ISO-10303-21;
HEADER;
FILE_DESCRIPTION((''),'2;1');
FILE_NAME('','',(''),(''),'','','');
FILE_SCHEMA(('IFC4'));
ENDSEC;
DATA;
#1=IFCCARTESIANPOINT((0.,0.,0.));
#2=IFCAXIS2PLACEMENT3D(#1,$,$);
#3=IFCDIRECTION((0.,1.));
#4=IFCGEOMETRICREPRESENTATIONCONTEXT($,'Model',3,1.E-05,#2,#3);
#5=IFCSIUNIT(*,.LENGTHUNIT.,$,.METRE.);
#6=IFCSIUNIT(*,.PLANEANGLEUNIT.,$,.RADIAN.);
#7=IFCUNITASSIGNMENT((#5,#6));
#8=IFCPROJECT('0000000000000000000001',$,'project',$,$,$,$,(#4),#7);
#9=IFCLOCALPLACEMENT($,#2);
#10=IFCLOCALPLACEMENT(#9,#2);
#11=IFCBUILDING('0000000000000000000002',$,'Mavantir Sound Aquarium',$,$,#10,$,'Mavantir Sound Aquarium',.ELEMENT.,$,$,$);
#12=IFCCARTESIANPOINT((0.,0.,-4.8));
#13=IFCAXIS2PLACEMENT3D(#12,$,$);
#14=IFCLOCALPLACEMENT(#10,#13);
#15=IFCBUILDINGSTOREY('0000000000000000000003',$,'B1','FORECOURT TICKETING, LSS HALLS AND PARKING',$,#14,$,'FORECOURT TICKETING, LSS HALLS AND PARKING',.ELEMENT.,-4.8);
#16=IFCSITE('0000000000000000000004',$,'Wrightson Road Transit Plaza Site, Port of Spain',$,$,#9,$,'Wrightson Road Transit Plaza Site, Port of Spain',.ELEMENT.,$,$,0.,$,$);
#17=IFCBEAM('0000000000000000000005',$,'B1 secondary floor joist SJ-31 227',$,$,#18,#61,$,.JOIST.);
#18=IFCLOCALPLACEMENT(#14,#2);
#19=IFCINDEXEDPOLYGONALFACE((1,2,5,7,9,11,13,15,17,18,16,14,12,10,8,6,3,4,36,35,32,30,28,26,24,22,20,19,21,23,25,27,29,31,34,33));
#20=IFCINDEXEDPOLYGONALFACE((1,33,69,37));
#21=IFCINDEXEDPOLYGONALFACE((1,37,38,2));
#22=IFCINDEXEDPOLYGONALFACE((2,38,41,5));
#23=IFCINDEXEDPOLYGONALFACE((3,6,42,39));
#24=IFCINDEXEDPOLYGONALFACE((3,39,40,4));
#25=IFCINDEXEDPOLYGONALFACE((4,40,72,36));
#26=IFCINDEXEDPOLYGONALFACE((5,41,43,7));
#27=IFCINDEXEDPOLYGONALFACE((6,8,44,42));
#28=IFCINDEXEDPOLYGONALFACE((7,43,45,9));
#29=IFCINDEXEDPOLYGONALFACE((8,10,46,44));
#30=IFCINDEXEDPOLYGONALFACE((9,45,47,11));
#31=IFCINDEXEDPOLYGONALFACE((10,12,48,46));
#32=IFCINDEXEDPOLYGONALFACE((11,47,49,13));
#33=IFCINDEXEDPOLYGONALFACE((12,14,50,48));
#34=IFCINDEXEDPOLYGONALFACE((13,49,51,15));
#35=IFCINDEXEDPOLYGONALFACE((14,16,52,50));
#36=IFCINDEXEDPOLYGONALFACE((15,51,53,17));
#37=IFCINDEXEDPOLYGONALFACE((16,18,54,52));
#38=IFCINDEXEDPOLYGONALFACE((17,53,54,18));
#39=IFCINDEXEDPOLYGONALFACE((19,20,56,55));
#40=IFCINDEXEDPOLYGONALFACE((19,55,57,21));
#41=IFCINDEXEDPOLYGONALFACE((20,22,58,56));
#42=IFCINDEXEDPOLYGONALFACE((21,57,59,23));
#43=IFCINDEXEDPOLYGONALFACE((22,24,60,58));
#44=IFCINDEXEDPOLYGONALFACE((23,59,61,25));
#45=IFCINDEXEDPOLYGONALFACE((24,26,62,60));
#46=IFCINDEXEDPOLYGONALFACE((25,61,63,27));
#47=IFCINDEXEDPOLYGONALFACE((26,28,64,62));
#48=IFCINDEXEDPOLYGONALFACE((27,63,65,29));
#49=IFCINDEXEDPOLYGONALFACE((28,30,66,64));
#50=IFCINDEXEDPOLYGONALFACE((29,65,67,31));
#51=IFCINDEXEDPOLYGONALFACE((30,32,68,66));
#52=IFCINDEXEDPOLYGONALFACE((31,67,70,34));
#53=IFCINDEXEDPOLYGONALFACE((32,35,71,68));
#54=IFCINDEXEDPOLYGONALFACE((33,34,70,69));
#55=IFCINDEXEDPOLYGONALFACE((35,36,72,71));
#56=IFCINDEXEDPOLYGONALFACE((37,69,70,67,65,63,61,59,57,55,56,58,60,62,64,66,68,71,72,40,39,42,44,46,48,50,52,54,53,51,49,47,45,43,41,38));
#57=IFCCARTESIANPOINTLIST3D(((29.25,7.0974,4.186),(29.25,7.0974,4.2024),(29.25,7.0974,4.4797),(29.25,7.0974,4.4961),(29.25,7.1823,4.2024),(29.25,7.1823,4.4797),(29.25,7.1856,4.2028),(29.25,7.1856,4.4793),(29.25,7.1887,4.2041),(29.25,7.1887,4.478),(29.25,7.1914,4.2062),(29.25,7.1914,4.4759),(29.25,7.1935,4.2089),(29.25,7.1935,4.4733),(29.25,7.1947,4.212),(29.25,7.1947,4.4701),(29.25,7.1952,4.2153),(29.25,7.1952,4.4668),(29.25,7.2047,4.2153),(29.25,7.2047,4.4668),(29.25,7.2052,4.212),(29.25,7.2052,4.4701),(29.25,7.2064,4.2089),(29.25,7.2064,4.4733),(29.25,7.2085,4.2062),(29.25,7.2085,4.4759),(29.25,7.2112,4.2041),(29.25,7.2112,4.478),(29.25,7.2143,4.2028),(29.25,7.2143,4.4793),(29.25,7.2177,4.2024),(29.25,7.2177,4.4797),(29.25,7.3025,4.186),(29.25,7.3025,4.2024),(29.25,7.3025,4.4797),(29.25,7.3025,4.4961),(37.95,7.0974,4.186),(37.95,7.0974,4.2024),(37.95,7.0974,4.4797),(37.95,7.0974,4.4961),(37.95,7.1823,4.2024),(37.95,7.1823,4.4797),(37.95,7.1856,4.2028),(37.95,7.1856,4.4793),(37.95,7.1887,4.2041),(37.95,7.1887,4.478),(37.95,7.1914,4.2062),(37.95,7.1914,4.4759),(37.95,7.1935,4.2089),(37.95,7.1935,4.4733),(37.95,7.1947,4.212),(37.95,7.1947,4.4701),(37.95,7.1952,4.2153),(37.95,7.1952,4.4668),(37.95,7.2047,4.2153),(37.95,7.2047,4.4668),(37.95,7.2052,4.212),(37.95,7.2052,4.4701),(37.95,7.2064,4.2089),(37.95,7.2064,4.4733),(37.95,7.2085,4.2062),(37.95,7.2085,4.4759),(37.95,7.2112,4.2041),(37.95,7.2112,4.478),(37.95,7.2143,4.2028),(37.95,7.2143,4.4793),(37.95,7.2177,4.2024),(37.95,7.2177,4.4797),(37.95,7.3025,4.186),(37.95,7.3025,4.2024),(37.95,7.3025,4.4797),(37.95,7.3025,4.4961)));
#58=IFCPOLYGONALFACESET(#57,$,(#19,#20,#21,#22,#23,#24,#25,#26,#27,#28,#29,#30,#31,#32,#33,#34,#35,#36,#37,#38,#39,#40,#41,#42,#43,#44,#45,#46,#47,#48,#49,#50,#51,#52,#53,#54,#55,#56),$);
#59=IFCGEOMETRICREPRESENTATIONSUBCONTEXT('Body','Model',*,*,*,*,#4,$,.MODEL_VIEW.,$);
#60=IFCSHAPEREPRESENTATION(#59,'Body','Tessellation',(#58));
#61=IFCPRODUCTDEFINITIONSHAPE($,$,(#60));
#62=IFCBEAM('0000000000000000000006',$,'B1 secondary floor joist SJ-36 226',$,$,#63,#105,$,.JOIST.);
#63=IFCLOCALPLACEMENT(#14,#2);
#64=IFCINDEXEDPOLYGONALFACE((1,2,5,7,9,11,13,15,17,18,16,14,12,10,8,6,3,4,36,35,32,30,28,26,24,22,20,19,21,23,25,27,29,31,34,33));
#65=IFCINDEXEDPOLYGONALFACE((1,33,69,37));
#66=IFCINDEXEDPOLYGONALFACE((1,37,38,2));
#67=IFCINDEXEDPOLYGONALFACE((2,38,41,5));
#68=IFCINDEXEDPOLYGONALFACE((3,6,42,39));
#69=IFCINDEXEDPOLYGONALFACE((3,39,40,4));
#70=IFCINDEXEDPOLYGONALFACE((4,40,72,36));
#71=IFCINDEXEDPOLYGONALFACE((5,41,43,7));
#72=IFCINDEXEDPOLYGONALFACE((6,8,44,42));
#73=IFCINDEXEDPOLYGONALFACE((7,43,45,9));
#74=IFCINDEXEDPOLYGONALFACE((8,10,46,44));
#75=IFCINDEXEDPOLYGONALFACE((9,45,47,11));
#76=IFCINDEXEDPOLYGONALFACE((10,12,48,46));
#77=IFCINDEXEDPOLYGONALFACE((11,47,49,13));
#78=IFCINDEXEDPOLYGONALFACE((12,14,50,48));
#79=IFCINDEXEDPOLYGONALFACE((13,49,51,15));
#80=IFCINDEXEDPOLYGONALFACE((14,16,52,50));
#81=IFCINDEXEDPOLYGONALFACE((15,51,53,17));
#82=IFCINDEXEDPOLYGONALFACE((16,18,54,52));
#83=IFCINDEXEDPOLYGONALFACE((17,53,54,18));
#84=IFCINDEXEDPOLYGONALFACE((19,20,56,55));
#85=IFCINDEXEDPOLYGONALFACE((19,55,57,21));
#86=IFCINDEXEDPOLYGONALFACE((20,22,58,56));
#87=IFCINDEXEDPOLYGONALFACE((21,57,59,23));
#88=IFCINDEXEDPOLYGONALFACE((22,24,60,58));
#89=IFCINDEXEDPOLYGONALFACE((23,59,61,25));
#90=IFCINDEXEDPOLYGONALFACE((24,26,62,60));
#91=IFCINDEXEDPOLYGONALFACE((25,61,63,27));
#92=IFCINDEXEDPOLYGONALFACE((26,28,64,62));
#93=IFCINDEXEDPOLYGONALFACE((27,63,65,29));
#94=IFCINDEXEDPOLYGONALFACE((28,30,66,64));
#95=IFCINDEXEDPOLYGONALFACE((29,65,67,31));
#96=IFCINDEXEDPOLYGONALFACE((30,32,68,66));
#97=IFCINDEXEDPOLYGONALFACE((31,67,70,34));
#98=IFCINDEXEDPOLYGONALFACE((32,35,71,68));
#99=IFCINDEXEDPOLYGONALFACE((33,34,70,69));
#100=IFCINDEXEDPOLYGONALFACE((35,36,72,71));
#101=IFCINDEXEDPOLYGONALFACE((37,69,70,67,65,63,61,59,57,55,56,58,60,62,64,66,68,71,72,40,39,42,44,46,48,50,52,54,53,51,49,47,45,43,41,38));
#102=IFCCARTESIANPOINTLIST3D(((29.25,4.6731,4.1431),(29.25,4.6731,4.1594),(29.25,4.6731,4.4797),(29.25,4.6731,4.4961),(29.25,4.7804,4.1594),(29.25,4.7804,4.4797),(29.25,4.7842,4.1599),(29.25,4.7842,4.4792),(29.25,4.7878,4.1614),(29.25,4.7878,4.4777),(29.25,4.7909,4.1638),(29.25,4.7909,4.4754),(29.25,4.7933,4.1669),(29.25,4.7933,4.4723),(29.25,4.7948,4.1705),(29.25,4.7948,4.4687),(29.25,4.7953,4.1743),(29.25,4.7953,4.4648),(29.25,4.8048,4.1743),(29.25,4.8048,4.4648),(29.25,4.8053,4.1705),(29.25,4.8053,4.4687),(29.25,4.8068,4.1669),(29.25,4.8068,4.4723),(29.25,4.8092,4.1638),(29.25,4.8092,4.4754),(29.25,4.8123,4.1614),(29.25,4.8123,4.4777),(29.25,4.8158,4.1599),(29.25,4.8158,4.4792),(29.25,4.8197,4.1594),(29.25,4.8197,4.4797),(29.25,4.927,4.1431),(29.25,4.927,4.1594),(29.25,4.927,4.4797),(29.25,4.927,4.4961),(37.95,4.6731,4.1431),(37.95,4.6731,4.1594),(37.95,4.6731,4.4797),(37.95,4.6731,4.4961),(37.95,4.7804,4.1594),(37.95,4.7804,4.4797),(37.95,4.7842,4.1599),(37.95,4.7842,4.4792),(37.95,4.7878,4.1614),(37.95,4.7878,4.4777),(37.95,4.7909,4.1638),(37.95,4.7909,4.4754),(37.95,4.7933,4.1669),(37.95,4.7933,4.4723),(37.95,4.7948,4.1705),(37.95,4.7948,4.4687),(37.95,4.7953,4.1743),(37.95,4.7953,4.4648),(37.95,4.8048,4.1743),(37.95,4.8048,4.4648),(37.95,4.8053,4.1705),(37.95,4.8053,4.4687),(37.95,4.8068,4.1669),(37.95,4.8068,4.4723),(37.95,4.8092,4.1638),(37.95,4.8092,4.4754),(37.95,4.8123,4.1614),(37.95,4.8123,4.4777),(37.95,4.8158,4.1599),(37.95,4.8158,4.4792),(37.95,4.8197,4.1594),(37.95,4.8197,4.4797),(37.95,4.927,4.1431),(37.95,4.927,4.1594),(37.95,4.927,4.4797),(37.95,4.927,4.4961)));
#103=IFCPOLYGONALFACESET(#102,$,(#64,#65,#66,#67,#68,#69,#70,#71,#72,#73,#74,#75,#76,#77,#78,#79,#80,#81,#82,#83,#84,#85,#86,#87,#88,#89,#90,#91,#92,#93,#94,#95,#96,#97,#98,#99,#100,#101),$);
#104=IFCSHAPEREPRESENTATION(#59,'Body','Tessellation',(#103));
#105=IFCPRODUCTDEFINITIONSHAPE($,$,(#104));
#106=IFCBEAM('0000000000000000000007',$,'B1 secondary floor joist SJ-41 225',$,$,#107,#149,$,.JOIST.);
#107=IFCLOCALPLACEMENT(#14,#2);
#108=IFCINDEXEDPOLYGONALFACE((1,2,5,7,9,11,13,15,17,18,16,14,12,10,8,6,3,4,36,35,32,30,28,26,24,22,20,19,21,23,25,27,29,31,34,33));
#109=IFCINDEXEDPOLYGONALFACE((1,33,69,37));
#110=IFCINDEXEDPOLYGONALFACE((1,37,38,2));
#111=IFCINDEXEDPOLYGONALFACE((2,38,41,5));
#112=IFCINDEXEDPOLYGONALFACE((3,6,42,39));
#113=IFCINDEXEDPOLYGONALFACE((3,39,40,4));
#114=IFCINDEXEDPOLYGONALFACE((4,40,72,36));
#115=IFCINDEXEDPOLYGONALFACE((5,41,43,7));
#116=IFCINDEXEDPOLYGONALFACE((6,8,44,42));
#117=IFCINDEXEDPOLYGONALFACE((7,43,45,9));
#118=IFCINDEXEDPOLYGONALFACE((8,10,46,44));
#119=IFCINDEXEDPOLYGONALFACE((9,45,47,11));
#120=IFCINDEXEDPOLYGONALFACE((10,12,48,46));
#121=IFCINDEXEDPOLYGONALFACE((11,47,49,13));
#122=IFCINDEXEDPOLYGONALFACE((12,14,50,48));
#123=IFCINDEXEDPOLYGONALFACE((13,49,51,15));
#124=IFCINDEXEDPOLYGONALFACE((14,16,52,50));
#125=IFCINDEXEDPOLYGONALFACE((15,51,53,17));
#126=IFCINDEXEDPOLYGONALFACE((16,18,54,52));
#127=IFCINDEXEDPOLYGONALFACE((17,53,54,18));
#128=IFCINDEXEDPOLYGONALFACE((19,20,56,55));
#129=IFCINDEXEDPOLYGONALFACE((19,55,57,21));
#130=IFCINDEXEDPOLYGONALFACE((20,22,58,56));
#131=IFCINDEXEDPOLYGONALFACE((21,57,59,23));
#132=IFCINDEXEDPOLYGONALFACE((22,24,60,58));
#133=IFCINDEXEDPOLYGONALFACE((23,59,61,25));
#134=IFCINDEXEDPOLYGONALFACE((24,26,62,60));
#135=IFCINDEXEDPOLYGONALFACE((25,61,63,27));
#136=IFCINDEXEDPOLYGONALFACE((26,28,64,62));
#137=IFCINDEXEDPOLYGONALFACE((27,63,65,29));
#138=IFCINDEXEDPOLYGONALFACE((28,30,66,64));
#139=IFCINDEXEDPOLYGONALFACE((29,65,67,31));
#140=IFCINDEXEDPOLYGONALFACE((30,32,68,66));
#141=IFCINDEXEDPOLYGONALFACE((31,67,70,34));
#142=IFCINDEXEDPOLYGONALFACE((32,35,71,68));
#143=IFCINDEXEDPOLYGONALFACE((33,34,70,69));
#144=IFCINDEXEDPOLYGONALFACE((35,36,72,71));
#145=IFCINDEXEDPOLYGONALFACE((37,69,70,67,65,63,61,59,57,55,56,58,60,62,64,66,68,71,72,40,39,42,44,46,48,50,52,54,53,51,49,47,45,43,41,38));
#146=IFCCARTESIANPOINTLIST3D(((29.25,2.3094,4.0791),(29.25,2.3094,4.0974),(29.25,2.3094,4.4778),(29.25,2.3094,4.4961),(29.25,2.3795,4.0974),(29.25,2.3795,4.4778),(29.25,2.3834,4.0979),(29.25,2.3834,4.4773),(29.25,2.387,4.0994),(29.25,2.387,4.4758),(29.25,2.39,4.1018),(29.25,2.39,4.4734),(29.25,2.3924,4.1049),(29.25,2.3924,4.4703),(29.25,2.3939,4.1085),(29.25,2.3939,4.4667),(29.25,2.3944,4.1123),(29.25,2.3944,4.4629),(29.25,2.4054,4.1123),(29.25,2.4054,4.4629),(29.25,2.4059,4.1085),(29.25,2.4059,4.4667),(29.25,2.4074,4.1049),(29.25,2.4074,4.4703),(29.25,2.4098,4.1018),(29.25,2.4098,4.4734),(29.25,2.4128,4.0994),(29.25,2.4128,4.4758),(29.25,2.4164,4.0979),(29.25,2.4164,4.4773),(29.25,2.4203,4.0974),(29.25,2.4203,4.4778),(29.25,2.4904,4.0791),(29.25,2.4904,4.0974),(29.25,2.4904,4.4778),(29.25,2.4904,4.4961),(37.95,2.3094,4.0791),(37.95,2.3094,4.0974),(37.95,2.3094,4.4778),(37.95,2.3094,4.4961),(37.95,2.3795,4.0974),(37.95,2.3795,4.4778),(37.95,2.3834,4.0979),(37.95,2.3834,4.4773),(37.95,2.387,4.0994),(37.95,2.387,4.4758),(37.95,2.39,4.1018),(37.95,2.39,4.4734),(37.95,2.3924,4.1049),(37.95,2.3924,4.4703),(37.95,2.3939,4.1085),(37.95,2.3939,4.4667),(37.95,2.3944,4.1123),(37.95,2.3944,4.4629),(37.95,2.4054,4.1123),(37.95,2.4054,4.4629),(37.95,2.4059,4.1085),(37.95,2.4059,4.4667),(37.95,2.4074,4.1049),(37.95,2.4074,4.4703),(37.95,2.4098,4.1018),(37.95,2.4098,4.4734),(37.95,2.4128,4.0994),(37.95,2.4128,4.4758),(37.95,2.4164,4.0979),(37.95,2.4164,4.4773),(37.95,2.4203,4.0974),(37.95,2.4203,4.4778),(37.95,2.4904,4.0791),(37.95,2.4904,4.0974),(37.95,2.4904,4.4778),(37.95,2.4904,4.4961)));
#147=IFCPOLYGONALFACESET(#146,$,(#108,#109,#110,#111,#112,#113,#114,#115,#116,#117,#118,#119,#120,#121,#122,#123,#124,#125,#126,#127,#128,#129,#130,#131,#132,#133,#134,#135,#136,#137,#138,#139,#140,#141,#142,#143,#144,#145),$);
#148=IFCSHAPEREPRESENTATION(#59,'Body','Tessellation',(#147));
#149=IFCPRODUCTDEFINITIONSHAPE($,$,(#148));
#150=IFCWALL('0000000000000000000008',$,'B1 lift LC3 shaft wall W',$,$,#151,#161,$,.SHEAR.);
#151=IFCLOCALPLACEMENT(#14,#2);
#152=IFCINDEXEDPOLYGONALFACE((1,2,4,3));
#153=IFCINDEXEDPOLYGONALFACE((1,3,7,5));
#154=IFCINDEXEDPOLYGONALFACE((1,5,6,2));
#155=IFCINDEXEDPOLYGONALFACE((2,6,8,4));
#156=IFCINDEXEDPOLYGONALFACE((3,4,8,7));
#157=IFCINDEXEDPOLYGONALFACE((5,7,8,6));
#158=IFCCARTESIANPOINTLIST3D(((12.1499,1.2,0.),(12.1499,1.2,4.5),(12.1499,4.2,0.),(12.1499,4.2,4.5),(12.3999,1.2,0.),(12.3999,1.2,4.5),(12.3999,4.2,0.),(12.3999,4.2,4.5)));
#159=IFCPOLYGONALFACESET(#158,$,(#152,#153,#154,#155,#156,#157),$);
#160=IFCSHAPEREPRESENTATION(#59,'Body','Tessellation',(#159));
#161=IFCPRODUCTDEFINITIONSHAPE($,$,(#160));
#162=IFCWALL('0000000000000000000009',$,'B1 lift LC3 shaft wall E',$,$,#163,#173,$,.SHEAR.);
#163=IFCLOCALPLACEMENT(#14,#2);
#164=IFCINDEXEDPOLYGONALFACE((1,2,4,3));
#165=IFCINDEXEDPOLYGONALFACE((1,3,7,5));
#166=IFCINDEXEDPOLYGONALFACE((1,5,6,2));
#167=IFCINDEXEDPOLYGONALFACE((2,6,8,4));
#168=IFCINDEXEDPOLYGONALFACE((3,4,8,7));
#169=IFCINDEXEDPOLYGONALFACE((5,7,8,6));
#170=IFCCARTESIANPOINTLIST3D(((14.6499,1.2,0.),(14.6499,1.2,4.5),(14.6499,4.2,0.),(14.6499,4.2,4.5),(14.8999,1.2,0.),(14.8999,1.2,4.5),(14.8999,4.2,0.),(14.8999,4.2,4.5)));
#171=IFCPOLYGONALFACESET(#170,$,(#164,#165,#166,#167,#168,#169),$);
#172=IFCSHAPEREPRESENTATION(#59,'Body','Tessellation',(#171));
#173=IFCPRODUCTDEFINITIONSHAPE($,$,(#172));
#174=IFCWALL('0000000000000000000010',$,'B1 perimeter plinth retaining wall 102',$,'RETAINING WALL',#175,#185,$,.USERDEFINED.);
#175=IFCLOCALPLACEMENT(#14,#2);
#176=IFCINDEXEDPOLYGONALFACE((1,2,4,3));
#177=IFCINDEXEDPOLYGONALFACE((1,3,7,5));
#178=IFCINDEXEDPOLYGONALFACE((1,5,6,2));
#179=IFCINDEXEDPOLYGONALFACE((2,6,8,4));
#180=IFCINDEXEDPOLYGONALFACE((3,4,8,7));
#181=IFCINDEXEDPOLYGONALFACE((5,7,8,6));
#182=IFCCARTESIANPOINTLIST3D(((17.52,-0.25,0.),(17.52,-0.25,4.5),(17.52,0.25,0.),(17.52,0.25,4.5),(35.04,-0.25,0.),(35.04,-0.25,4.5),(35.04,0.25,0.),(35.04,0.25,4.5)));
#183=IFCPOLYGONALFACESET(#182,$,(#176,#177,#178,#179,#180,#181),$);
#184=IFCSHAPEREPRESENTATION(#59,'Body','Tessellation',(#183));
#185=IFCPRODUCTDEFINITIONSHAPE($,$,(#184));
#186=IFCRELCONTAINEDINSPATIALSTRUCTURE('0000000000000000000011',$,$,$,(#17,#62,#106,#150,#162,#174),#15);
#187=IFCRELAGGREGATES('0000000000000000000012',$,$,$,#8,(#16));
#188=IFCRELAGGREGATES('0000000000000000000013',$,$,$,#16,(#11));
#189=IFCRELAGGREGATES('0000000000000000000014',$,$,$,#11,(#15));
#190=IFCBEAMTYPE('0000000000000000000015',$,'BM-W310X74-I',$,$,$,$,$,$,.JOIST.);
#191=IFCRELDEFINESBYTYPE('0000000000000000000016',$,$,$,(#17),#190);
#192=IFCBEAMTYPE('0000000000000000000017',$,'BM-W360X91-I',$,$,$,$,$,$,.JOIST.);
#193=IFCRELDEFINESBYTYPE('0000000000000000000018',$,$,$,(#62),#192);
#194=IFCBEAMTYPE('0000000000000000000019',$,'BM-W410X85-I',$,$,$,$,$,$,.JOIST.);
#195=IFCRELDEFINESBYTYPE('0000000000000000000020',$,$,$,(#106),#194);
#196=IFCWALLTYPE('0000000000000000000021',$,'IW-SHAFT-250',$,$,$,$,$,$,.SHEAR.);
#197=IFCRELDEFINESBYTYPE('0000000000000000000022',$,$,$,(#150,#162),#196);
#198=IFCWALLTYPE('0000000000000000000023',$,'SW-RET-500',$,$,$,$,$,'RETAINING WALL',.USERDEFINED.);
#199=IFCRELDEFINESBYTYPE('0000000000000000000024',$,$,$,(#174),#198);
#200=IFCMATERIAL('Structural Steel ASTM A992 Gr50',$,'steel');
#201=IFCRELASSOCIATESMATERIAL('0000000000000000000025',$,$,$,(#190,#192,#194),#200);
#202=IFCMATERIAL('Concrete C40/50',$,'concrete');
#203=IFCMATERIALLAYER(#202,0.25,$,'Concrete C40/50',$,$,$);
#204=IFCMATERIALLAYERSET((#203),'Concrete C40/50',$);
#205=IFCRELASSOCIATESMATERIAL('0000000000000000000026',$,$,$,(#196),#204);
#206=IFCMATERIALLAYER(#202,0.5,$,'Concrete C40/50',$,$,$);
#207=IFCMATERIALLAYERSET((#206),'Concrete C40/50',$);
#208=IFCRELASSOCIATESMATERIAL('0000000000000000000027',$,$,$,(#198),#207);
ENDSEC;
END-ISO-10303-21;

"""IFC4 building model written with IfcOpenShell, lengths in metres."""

from ifc_helpers import new_model, si_unit, direction, frame, frame_2d, origin, origin_2d, place, context, subcontext, project, spatial, rectangle, i_section, extrude, material, layer, layer_set, material_profile, profile_set, type_object, element, save


model = new_model("IFC4")

# Units and contexts
model_context = context("Model", 3, precision=1e-05, world=origin(), true_north=direction((0.0, 1.0)))
body_context = subcontext(model_context, "Body", "Model", "MODEL_VIEW")
ifc_project = project(units=[si_unit("LENGTHUNIT", "METRE"), si_unit("PLANEANGLEUNIT", "RADIAN")], contexts=[model_context])

# Site, building, storey
site_placement = place(None, origin())
site = spatial("IfcSite", under=ifc_project, at=site_placement, Name="Wrightson Road Transit Plaza Site, Port of Spain", LongName="Wrightson Road Transit Plaza Site, Port of Spain", CompositionType="ELEMENT", RefElevation=0.0)
building_placement = place(site_placement, origin())
building = spatial("IfcBuilding", under=site, at=building_placement, Name="Mavantir Sound Aquarium", LongName="Mavantir Sound Aquarium", CompositionType="ELEMENT")
storey_placement = place(building_placement, frame((0.0, 0.0, -4.8)))
storey = spatial("IfcBuildingStorey", under=building, at=storey_placement, Name="B1", Description="FORECOURT TICKETING, LSS HALLS AND PARKING", LongName="FORECOURT TICKETING, LSS HALLS AND PARKING", CompositionType="ELEMENT", Elevation=-4.8)

# Shared definitions
ifc_material_1 = material(Name="Concrete C40/50", Category="concrete")

# Beams
ifc_material_2 = material(Name="Structural Steel ASTM A992 Gr50", Category="steel")
ifc_material_profile_1 = material_profile(ifc_material_2, i_section(OverallWidth=0.2051, OverallDepth=0.3101, WebThickness=0.0095, FlangeThickness=0.0164, FilletRadius=0.0129, at=origin_2d()), Name="W310X74")
ifc_profile_set_1 = profile_set([ifc_material_profile_1], Name="Structural Steel ASTM A992 Gr50")
beam_type_1 = type_object("IfcBeamType", Name="BM-W310X74-I", PredefinedType="JOIST", material=ifc_profile_set_1)
beam_1_placement = place(storey_placement, frame((29.25, 7.2, 4.3411), z_axis=(1.0, 0.0, 0.0), x_axis=(0.0, 1.0, 0.0)))
element("IfcBeam", 1, at=beam_1_placement, inside=storey, type_object=beam_type_1, Name="B1 secondary floor joist SJ-31 227", PredefinedType="JOIST", context=body_context, shape_type="SweptSolid", body=[
    extrude(i_section(OverallWidth=0.2051, OverallDepth=0.3101, WebThickness=0.0095, FlangeThickness=0.0164, FilletRadius=0.0129, at=origin_2d()), origin(), (0.0, 0.0, 1.0), 8.7),
])
ifc_material_profile_2 = material_profile(ifc_material_2, i_section(OverallWidth=0.2539, OverallDepth=0.353, WebThickness=0.0095, FlangeThickness=0.0164, FilletRadius=0.0149, at=origin_2d()), Name="W360X91")
ifc_profile_set_2 = profile_set([ifc_material_profile_2], Name="Structural Steel ASTM A992 Gr50")
beam_type_2 = type_object("IfcBeamType", Name="BM-W360X91-I", PredefinedType="JOIST", material=ifc_profile_set_2)
beam_2_placement = place(storey_placement, frame((29.25, 4.8, 4.3196), z_axis=(1.0, 0.0, 0.0), x_axis=(0.0, 1.0, 0.0)))
element("IfcBeam", 2, at=beam_2_placement, inside=storey, type_object=beam_type_2, Name="B1 secondary floor joist SJ-36 226", PredefinedType="JOIST", context=body_context, shape_type="SweptSolid", body=[
    extrude(i_section(OverallWidth=0.2539, OverallDepth=0.353, WebThickness=0.0095, FlangeThickness=0.0164, FilletRadius=0.0149, at=origin_2d()), origin(), (0.0, 0.0, 1.0), 8.7),
])
ifc_material_profile_3 = material_profile(ifc_material_2, i_section(OverallWidth=0.1809, OverallDepth=0.417, WebThickness=0.011, FlangeThickness=0.0183, FilletRadius=0.0149, at=origin_2d()), Name="W410X85")
ifc_profile_set_3 = profile_set([ifc_material_profile_3], Name="Structural Steel ASTM A992 Gr50")
beam_type_3 = type_object("IfcBeamType", Name="BM-W410X85-I", PredefinedType="JOIST", material=ifc_profile_set_3)
beam_3_placement = place(storey_placement, frame((29.25, 2.3999, 4.2876), z_axis=(1.0, 0.0, 0.0), x_axis=(0.0, 1.0, 0.0)))
element("IfcBeam", 3, at=beam_3_placement, inside=storey, type_object=beam_type_3, Name="B1 secondary floor joist SJ-41 225", PredefinedType="JOIST", context=body_context, shape_type="SweptSolid", body=[
    extrude(i_section(OverallWidth=0.1809, OverallDepth=0.417, WebThickness=0.011, FlangeThickness=0.0183, FilletRadius=0.0149, at=origin_2d()), origin(), (0.0, 0.0, 1.0), 8.7),
])

# Walls
ifc_layer_1 = layer(ifc_material_1, 0.25, Name="Concrete C40/50")
ifc_layer_set_1 = layer_set([ifc_layer_1], Name="Concrete C40/50")
wall_type_1 = type_object("IfcWallType", Name="IW-SHAFT-250", PredefinedType="SHEAR", material=ifc_layer_set_1)
for number, where, z_axis, x_axis, name in (
    (4, (12.2749, 1.2, 0.0), (0.0, 0.0, 1.0), (0.0, 1.0, 0.0), "B1 lift LC3 shaft wall W"),
    (5, (14.7749, 1.2, 0.0), (0.0, 0.0, 1.0), (0.0, 1.0, 0.0), "B1 lift LC3 shaft wall E"),
):
    element("IfcWall", number, at=place(storey_placement, frame(where, z_axis=z_axis, x_axis=x_axis)), inside=storey, type_object=wall_type_1, Name=name, PredefinedType="SHEAR", context=body_context, shape_type="SweptSolid", body=[
        extrude(rectangle(XDim=3.0, YDim=0.25, at=frame_2d((1.5, 0.0))), origin(), (0.0, 0.0, 1.0), 4.5),
    ])
ifc_layer_2 = layer(ifc_material_1, 0.5, Name="Concrete C40/50")
ifc_layer_set_2 = layer_set([ifc_layer_2], Name="Concrete C40/50")
wall_type_2 = type_object("IfcWallType", Name="SW-RET-500", ElementType="RETAINING WALL", PredefinedType="USERDEFINED", material=ifc_layer_set_2)
wall_1_placement = place(storey_placement, frame((35.04, 0.0, 0.0), z_axis=(0.0, 0.0, 1.0), x_axis=(-1.0, 0.0, 0.0)))
element("IfcWall", 6, at=wall_1_placement, inside=storey, type_object=wall_type_2, Name="B1 perimeter plinth retaining wall 102", ObjectType="RETAINING WALL", PredefinedType="USERDEFINED", context=body_context, shape_type="SweptSolid", body=[
    extrude(rectangle(XDim=17.52, YDim=0.5, at=frame_2d((8.76, 0.0))), origin(), (0.0, 0.0, 1.0), 4.5),
])

save(model, "model.ifc")
